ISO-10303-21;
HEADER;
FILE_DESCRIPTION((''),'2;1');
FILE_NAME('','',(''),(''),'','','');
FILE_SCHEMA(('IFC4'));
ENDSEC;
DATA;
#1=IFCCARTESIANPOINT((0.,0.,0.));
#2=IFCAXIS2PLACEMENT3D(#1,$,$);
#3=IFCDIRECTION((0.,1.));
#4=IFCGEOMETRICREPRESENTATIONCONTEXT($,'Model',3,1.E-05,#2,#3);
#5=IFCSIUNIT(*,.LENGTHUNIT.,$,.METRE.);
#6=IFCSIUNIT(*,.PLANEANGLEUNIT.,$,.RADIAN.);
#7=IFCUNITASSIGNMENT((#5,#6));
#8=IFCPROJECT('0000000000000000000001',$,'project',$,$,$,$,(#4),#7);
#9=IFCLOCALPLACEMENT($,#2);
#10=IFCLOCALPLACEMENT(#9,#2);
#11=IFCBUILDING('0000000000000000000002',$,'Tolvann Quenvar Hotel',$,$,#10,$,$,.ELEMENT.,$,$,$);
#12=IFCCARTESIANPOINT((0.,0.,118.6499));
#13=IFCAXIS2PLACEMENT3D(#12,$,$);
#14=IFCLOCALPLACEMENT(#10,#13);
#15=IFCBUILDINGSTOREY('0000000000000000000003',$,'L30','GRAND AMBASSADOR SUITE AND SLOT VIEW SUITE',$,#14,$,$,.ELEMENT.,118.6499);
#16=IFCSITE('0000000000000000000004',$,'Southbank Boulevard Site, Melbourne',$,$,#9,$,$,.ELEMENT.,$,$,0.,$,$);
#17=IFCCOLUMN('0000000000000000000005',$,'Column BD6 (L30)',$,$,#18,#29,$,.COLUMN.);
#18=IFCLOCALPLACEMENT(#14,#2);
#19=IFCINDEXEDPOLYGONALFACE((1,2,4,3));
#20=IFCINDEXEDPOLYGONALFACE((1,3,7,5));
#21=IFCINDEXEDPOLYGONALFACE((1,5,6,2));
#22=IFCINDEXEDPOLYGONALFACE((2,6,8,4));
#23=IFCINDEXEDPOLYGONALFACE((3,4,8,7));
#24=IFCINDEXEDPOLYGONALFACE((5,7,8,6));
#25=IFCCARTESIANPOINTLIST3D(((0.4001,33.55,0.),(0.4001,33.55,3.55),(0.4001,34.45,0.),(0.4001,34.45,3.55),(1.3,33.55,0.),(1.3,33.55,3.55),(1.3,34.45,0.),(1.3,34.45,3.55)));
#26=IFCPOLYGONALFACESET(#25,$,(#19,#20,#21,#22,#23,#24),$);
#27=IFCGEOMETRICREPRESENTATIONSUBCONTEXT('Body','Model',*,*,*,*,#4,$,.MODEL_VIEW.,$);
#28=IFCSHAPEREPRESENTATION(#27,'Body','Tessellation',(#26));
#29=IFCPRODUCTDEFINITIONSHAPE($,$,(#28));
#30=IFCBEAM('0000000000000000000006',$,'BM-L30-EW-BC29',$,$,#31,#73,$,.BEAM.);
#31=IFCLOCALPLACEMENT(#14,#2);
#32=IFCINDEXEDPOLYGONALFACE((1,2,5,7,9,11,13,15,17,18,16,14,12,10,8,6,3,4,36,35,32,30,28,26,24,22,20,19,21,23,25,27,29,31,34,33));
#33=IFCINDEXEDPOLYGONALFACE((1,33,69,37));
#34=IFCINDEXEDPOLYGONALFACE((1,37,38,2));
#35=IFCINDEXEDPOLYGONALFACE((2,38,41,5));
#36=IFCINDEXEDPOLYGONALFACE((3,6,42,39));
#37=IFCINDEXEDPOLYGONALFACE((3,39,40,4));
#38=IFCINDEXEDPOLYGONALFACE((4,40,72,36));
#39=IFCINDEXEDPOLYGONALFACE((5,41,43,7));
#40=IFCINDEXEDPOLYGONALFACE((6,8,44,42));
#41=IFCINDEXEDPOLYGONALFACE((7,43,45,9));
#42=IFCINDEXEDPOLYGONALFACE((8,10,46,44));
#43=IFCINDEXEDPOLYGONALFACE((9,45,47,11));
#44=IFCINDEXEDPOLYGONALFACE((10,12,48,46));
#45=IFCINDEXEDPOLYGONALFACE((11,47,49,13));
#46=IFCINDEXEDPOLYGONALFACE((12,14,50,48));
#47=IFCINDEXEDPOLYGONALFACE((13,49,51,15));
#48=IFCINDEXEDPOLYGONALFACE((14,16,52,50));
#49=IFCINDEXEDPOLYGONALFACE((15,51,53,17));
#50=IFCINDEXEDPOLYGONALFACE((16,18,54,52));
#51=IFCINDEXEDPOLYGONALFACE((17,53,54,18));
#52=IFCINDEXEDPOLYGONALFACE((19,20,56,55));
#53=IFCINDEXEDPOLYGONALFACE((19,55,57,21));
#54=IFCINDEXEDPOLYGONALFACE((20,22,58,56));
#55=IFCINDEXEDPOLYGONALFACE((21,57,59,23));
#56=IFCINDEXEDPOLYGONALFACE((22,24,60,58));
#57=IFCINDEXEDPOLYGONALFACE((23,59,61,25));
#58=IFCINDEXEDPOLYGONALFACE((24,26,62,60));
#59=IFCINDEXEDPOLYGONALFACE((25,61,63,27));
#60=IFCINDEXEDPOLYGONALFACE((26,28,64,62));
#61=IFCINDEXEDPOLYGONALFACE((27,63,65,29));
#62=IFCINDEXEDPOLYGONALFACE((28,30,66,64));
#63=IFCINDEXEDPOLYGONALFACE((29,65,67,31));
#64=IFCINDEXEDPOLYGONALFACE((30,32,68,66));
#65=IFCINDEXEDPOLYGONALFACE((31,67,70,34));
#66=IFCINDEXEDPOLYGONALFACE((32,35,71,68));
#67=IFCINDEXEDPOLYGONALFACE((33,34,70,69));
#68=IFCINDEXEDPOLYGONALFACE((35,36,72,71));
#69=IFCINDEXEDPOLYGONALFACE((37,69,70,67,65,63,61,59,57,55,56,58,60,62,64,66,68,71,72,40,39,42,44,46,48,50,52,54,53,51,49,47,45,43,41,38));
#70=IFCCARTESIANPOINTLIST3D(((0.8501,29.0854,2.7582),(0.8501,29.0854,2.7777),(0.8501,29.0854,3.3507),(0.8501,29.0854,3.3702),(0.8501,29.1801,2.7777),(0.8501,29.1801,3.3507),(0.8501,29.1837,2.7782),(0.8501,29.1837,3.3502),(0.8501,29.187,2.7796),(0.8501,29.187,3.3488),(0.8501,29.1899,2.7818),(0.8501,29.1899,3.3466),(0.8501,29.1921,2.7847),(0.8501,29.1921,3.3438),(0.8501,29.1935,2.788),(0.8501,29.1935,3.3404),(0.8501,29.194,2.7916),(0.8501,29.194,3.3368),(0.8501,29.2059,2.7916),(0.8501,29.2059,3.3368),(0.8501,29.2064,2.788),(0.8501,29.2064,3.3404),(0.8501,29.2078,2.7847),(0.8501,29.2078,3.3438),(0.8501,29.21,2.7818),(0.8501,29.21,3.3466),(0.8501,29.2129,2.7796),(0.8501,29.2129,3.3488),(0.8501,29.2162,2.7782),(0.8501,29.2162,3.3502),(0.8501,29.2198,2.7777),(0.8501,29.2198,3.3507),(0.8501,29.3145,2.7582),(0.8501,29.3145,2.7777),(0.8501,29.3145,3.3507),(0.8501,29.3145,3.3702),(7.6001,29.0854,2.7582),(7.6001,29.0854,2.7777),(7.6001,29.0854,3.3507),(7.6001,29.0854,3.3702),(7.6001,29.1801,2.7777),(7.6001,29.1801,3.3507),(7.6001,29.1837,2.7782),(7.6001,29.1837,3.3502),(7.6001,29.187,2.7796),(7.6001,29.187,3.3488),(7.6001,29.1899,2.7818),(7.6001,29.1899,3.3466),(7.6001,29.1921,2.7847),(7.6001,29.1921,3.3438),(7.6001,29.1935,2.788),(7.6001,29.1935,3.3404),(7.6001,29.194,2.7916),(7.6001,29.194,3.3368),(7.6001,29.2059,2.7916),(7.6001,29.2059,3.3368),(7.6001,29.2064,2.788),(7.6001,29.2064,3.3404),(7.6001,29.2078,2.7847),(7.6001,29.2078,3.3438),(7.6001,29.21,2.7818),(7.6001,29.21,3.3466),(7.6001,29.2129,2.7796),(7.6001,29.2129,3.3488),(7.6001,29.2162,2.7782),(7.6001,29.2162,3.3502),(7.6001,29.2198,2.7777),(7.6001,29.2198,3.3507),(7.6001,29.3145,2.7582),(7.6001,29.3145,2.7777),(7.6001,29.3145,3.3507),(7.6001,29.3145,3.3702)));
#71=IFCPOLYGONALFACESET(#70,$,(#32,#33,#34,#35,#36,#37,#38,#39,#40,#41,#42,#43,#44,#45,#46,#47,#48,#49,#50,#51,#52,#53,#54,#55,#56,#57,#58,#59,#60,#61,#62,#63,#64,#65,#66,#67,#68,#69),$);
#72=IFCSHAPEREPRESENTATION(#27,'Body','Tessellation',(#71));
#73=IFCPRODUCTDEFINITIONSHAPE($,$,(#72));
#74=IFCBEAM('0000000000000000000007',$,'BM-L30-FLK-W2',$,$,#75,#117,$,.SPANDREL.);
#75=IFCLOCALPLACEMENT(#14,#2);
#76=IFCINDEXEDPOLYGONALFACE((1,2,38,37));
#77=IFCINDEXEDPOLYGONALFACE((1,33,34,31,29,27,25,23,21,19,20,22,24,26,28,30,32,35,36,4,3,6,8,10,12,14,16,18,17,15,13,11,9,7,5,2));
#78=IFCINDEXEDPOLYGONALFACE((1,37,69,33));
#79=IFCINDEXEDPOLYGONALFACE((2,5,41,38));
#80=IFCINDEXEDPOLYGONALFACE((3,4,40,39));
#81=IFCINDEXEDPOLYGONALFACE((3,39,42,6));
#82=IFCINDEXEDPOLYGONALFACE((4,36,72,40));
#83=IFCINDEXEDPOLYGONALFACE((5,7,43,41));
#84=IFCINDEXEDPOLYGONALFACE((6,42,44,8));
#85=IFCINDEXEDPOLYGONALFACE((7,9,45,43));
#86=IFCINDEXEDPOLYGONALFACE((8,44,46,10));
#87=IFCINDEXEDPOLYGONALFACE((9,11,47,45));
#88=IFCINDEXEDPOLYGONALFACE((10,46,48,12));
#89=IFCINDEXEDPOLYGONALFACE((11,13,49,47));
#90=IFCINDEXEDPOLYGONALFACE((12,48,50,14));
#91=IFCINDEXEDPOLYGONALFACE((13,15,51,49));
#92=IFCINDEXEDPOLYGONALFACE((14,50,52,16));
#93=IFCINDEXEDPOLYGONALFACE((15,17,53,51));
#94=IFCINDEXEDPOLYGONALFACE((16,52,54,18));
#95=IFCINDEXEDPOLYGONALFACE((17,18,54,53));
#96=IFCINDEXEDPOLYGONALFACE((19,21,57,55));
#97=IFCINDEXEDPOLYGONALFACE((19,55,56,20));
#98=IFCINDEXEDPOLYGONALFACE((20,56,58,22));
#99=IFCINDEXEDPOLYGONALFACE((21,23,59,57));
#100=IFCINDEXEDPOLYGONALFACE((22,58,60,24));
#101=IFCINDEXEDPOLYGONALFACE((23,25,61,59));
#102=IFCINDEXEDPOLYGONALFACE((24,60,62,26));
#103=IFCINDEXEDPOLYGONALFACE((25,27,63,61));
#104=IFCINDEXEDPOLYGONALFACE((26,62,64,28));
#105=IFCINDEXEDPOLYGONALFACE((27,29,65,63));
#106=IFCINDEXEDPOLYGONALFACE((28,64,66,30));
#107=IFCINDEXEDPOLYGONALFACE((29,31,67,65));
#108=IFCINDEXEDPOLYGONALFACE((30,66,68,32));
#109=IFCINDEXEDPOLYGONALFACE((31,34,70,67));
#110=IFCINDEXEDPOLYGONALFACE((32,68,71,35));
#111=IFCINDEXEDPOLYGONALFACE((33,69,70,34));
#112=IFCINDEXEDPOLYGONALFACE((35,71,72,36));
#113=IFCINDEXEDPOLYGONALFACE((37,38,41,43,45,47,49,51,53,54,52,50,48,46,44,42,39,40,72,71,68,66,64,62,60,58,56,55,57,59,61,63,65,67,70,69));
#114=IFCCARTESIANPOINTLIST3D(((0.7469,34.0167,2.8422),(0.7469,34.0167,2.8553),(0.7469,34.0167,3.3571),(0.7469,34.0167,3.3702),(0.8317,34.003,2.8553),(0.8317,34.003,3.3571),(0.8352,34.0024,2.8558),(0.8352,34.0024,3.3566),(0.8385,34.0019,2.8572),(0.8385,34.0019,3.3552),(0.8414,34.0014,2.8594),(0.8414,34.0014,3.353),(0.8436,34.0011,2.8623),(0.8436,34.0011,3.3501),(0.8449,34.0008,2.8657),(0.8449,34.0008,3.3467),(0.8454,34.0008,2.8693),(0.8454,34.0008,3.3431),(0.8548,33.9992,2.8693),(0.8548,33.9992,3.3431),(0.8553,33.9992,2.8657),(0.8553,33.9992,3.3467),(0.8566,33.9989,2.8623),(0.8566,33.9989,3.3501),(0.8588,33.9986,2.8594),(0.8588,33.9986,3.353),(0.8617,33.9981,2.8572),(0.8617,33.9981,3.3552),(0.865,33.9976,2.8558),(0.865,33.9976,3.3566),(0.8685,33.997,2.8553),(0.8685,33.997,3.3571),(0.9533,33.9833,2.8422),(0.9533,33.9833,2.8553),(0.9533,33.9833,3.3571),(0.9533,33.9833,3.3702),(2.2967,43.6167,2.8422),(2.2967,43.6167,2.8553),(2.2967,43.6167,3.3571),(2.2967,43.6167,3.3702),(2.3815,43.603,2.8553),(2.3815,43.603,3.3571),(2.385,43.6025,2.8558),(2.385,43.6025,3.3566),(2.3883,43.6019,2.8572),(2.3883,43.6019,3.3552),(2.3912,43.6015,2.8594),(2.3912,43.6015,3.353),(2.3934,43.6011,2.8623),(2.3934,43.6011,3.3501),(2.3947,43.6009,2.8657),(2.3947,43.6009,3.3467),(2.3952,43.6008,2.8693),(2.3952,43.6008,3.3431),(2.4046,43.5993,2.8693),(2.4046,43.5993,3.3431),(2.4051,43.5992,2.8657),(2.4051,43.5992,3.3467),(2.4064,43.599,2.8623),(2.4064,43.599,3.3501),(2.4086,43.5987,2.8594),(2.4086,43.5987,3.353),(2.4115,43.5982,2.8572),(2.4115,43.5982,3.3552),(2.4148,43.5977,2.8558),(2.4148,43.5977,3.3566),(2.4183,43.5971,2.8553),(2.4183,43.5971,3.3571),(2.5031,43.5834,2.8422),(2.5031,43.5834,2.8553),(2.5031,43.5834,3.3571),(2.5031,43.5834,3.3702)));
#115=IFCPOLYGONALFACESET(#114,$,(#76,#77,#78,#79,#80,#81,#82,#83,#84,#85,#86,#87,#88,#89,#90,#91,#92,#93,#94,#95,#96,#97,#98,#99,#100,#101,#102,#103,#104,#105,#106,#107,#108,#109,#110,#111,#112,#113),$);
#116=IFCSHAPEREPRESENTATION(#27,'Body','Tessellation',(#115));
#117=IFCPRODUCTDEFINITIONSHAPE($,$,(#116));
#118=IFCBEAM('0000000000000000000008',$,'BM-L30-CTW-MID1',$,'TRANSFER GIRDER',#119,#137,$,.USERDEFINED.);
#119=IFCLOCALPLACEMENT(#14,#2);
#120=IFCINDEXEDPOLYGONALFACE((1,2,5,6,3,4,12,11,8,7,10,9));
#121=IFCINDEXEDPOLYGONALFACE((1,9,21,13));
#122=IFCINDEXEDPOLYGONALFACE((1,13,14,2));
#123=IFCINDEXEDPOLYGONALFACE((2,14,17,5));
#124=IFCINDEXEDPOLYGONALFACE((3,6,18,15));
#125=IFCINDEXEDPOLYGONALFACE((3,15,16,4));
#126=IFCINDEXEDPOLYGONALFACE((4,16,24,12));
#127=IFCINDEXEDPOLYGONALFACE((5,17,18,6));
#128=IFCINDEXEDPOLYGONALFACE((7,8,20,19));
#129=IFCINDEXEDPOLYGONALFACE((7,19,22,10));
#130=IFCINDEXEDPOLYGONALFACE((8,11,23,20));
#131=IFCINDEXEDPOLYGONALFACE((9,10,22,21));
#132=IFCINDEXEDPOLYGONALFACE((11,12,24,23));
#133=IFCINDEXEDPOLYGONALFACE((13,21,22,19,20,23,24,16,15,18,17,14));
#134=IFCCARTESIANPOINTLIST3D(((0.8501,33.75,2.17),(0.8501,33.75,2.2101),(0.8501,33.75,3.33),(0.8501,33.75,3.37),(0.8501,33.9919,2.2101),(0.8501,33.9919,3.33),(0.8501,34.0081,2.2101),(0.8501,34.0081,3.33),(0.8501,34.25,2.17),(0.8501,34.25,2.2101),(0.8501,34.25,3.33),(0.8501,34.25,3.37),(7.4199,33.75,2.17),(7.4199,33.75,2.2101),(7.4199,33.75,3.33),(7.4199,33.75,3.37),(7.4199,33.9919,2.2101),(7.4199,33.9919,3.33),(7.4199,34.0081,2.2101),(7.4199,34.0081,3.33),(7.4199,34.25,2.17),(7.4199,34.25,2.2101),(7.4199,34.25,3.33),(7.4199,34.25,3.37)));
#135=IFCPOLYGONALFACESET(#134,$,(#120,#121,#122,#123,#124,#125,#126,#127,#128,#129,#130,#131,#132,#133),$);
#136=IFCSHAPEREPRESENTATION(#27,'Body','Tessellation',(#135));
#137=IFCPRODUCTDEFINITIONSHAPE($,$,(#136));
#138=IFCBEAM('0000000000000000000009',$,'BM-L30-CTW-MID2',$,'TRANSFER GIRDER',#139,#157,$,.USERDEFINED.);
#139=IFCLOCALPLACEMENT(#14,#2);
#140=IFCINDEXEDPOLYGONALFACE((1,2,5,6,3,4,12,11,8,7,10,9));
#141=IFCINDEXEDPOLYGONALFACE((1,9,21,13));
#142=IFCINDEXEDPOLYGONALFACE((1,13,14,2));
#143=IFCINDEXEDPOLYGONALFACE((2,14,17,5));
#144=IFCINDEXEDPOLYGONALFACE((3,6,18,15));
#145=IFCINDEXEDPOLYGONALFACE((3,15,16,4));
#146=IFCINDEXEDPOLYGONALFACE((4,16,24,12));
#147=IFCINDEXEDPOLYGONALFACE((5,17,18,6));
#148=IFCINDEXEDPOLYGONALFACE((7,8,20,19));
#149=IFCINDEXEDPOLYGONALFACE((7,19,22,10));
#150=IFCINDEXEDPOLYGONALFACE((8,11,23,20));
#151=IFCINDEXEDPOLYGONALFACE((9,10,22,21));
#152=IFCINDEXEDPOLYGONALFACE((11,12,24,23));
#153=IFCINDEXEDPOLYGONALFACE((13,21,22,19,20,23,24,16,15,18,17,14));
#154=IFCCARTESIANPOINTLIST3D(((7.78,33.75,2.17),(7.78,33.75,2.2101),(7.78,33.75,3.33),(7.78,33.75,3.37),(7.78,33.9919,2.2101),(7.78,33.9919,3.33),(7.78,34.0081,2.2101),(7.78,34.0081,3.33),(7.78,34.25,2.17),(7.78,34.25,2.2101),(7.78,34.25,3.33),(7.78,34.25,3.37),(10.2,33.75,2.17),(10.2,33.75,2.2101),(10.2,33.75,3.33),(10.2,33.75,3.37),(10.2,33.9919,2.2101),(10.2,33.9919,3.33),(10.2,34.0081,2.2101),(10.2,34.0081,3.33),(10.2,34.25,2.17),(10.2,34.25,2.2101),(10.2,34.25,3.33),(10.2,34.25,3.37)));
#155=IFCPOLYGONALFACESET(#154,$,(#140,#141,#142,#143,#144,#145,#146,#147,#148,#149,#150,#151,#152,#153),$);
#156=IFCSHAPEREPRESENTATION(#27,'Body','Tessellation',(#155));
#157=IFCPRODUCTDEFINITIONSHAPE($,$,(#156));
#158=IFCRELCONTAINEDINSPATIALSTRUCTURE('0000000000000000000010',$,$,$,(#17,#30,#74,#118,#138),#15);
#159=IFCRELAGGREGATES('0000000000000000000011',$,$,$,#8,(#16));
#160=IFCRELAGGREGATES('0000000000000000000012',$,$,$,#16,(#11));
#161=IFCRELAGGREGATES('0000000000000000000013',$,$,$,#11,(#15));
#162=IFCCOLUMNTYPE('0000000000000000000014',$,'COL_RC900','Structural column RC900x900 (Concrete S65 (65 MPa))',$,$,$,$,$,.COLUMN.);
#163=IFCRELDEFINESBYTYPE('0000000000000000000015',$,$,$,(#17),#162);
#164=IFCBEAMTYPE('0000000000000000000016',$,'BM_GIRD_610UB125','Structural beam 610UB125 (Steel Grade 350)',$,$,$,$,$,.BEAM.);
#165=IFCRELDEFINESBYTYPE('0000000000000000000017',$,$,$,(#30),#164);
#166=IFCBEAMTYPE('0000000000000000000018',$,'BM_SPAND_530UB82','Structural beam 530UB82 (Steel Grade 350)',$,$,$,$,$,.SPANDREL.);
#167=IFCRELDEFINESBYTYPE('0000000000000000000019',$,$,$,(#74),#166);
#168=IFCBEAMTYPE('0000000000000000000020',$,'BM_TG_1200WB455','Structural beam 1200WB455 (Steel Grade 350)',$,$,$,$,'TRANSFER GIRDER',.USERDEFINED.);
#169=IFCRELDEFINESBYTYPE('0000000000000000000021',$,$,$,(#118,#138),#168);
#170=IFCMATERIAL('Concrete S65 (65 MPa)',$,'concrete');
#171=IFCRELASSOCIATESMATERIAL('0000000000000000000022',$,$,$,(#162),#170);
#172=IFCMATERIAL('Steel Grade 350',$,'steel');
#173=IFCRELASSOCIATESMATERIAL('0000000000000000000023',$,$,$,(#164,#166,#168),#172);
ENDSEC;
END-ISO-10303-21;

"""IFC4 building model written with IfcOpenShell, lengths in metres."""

from ifc_helpers import new_model, si_unit, direction, frame, origin, origin_2d, place, context, subcontext, project, spatial, rectangle, i_section, extrude, source, transform, mapped, material, material_profile, profile_set, type_object, type_shapes, element, save


model = new_model("IFC4")

# Units and contexts
model_context = context("Model", 3, precision=1e-05, world=origin(), true_north=direction((0.0, 1.0)))
body_context = subcontext(model_context, "Body", "Model", "MODEL_VIEW")
ifc_project = project(units=[si_unit("LENGTHUNIT", "METRE"), si_unit("PLANEANGLEUNIT", "RADIAN")], contexts=[model_context])

# Site, building, storey
site_placement = place(None, origin())
site = spatial("IfcSite", under=ifc_project, at=site_placement, Name="Southbank Boulevard Site, Melbourne", CompositionType="ELEMENT", RefElevation=0.0)
building_placement = place(site_placement, origin())
building = spatial("IfcBuilding", under=site, at=building_placement, Name="Tolvann Quenvar Hotel", CompositionType="ELEMENT")
storey_placement = place(building_placement, frame((0.0, 0.0, 118.6499)))
storey = spatial("IfcBuildingStorey", under=building, at=storey_placement, Name="L30", Description="GRAND AMBASSADOR SUITE AND SLOT VIEW SUITE", CompositionType="ELEMENT", Elevation=118.6499)

# Column
ifc_material_1 = material(Name="Concrete S65 (65 MPa)", Category="concrete")
ifc_material_profile_1 = material_profile(ifc_material_1, rectangle(XDim=0.8999, YDim=0.8999, at=origin_2d()), Name="RC900x900")
ifc_profile_set_1 = profile_set([ifc_material_profile_1], Name="Concrete S65 (65 MPa)")
column_type = type_object("IfcColumnType", Name="COL_RC900", Description="Structural column RC900x900 (Concrete S65 (65 MPa))", PredefinedType="COLUMN", material=ifc_profile_set_1)
shared_shape_1 = source(origin(), body_context, "Body", "SweptSolid", [
    extrude(rectangle(XDim=0.8999, YDim=0.8999, at=origin_2d()), origin(), (0.0, 0.0, 1.0), 3.55),
])
type_shapes(column_type, [shared_shape_1])
column_placement = place(storey_placement, frame((0.8501, 34.0, 0.0), z_axis=(0.0, 0.0, 1.0), x_axis=(1.0, 0.0, 0.0)))
element("IfcColumn", 1, at=column_placement, inside=storey, type_object=column_type, Name="Column BD6 (L30)", PredefinedType="COLUMN", context=body_context, shape_type="MappedRepresentation", body=[
    mapped(shared_shape_1, transform((0.0, 0.0, 0.0), x_axis=(1.0, 0.0, 0.0), y_axis=(0.0, 1.0, 0.0), z_axis=(0.0, 0.0, 1.0), scale=1.0)),
])

# Beams
ifc_material_2 = material(Name="Steel Grade 350", Category="steel")
ifc_material_profile_2 = material_profile(ifc_material_2, i_section(OverallWidth=0.229, OverallDepth=0.6121, WebThickness=0.012, FlangeThickness=0.0195, FilletRadius=0.0139, at=origin_2d()), Name="610UB125")
ifc_profile_set_2 = profile_set([ifc_material_profile_2], Name="Steel Grade 350")
beam_type_1 = type_object("IfcBeamType", Name="BM_GIRD_610UB125", Description="Structural beam 610UB125 (Steel Grade 350)", PredefinedType="BEAM", material=ifc_profile_set_2)
shared_shape_2 = source(origin(), body_context, "Body", "SweptSolid", [
    extrude(i_section(OverallWidth=0.229, OverallDepth=0.6121, WebThickness=0.012, FlangeThickness=0.0195, FilletRadius=0.0139, at=origin_2d()), origin(), (0.0, 0.0, 1.0), 6.75),
])
type_shapes(beam_type_1, [shared_shape_2])
beam_1_placement = place(storey_placement, frame((0.8501, 29.2, 3.0642), z_axis=(1.0, 0.0, 0.0), x_axis=(0.0, 1.0, 0.0)))
element("IfcBeam", 2, at=beam_1_placement, inside=storey, type_object=beam_type_1, Name="BM-L30-EW-BC29", PredefinedType="BEAM", context=body_context, shape_type="MappedRepresentation", body=[
    mapped(shared_shape_2, transform((0.0, 0.0, 0.0), x_axis=(1.0, 0.0, 0.0), y_axis=(0.0, 1.0, 0.0), z_axis=(0.0, 0.0, 1.0), scale=1.0)),
])
ifc_material_profile_3 = material_profile(ifc_material_2, i_section(OverallWidth=0.209, OverallDepth=0.5281, WebThickness=0.0095, FlangeThickness=0.0132, FilletRadius=0.0139, at=origin_2d()), Name="530UB82")
ifc_profile_set_3 = profile_set([ifc_material_profile_3], Name="Steel Grade 350")
beam_type_2 = type_object("IfcBeamType", Name="BM_SPAND_530UB82", Description="Structural beam 530UB82 (Steel Grade 350)", PredefinedType="SPANDREL", material=ifc_profile_set_3)
shared_shape_3 = source(origin(), body_context, "Body", "SweptSolid", [
    extrude(i_section(OverallWidth=0.209, OverallDepth=0.5281, WebThickness=0.0095, FlangeThickness=0.0132, FilletRadius=0.0139, at=origin_2d()), origin(), (0.0, 0.0, 1.0), 9.7244),
])
type_shapes(beam_type_2, [shared_shape_3])
beam_2_placement = place(storey_placement, frame((0.8501, 34.0, 3.1062), z_axis=(0.159373, 0.987218, 0.0), x_axis=(-0.987218, 0.159373, 0.0)))
element("IfcBeam", 3, at=beam_2_placement, inside=storey, type_object=beam_type_2, Name="BM-L30-FLK-W2", PredefinedType="SPANDREL", context=body_context, shape_type="MappedRepresentation", body=[
    mapped(shared_shape_3, transform((0.0, 0.0, 0.0), x_axis=(1.0, 0.0, 0.0), y_axis=(0.0, 1.0, 0.0), z_axis=(0.0, 0.0, 1.0), scale=1.0)),
])
ifc_material_profile_4 = material_profile(ifc_material_2, i_section(OverallWidth=0.5, OverallDepth=1.2, WebThickness=0.0161, FlangeThickness=0.04, at=origin_2d()), Name="1200WB455")
ifc_profile_set_4 = profile_set([ifc_material_profile_4], Name="Steel Grade 350")
beam_type_3 = type_object("IfcBeamType", Name="BM_TG_1200WB455", Description="Structural beam 1200WB455 (Steel Grade 350)", ElementType="TRANSFER GIRDER", PredefinedType="USERDEFINED", material=ifc_profile_set_4)
shared_shape_4 = source(origin(), body_context, "Body", "SweptSolid", [
    extrude(i_section(OverallWidth=0.5, OverallDepth=1.2, WebThickness=0.0161, FlangeThickness=0.04, at=origin_2d()), origin(), (0.0, 0.0, 1.0), 6.5698),
])
beam_3_placement = place(storey_placement, frame((0.8501, 34.0, 2.77), z_axis=(1.0, 0.0, 0.0), x_axis=(0.0, 1.0, 0.0)))
element("IfcBeam", 4, at=beam_3_placement, inside=storey, type_object=beam_type_3, Name="BM-L30-CTW-MID1", ObjectType="TRANSFER GIRDER", PredefinedType="USERDEFINED", context=body_context, shape_type="MappedRepresentation", body=[
    mapped(shared_shape_4, transform((0.0, 0.0, 0.0), x_axis=(1.0, 0.0, 0.0), y_axis=(0.0, 1.0, 0.0), z_axis=(0.0, 0.0, 1.0), scale=1.0)),
])
shared_shape_5 = source(origin(), body_context, "Body", "SweptSolid", [
    extrude(i_section(OverallWidth=0.5, OverallDepth=1.2, WebThickness=0.0161, FlangeThickness=0.04, at=origin_2d()), origin(), (0.0, 0.0, 1.0), 2.4199),
])
type_shapes(beam_type_3, [shared_shape_4, shared_shape_5])
beam_4_placement = place(storey_placement, frame((7.78, 34.0, 2.77), z_axis=(1.0, 0.0, 0.0), x_axis=(0.0, 1.0, 0.0)))
element("IfcBeam", 5, at=beam_4_placement, inside=storey, type_object=beam_type_3, Name="BM-L30-CTW-MID2", ObjectType="TRANSFER GIRDER", PredefinedType="USERDEFINED", context=body_context, shape_type="MappedRepresentation", body=[
    mapped(shared_shape_5, transform((0.0, 0.0, 0.0), x_axis=(1.0, 0.0, 0.0), y_axis=(0.0, 1.0, 0.0), z_axis=(0.0, 0.0, 1.0), scale=1.0)),
])

save(model, "model.ifc")
